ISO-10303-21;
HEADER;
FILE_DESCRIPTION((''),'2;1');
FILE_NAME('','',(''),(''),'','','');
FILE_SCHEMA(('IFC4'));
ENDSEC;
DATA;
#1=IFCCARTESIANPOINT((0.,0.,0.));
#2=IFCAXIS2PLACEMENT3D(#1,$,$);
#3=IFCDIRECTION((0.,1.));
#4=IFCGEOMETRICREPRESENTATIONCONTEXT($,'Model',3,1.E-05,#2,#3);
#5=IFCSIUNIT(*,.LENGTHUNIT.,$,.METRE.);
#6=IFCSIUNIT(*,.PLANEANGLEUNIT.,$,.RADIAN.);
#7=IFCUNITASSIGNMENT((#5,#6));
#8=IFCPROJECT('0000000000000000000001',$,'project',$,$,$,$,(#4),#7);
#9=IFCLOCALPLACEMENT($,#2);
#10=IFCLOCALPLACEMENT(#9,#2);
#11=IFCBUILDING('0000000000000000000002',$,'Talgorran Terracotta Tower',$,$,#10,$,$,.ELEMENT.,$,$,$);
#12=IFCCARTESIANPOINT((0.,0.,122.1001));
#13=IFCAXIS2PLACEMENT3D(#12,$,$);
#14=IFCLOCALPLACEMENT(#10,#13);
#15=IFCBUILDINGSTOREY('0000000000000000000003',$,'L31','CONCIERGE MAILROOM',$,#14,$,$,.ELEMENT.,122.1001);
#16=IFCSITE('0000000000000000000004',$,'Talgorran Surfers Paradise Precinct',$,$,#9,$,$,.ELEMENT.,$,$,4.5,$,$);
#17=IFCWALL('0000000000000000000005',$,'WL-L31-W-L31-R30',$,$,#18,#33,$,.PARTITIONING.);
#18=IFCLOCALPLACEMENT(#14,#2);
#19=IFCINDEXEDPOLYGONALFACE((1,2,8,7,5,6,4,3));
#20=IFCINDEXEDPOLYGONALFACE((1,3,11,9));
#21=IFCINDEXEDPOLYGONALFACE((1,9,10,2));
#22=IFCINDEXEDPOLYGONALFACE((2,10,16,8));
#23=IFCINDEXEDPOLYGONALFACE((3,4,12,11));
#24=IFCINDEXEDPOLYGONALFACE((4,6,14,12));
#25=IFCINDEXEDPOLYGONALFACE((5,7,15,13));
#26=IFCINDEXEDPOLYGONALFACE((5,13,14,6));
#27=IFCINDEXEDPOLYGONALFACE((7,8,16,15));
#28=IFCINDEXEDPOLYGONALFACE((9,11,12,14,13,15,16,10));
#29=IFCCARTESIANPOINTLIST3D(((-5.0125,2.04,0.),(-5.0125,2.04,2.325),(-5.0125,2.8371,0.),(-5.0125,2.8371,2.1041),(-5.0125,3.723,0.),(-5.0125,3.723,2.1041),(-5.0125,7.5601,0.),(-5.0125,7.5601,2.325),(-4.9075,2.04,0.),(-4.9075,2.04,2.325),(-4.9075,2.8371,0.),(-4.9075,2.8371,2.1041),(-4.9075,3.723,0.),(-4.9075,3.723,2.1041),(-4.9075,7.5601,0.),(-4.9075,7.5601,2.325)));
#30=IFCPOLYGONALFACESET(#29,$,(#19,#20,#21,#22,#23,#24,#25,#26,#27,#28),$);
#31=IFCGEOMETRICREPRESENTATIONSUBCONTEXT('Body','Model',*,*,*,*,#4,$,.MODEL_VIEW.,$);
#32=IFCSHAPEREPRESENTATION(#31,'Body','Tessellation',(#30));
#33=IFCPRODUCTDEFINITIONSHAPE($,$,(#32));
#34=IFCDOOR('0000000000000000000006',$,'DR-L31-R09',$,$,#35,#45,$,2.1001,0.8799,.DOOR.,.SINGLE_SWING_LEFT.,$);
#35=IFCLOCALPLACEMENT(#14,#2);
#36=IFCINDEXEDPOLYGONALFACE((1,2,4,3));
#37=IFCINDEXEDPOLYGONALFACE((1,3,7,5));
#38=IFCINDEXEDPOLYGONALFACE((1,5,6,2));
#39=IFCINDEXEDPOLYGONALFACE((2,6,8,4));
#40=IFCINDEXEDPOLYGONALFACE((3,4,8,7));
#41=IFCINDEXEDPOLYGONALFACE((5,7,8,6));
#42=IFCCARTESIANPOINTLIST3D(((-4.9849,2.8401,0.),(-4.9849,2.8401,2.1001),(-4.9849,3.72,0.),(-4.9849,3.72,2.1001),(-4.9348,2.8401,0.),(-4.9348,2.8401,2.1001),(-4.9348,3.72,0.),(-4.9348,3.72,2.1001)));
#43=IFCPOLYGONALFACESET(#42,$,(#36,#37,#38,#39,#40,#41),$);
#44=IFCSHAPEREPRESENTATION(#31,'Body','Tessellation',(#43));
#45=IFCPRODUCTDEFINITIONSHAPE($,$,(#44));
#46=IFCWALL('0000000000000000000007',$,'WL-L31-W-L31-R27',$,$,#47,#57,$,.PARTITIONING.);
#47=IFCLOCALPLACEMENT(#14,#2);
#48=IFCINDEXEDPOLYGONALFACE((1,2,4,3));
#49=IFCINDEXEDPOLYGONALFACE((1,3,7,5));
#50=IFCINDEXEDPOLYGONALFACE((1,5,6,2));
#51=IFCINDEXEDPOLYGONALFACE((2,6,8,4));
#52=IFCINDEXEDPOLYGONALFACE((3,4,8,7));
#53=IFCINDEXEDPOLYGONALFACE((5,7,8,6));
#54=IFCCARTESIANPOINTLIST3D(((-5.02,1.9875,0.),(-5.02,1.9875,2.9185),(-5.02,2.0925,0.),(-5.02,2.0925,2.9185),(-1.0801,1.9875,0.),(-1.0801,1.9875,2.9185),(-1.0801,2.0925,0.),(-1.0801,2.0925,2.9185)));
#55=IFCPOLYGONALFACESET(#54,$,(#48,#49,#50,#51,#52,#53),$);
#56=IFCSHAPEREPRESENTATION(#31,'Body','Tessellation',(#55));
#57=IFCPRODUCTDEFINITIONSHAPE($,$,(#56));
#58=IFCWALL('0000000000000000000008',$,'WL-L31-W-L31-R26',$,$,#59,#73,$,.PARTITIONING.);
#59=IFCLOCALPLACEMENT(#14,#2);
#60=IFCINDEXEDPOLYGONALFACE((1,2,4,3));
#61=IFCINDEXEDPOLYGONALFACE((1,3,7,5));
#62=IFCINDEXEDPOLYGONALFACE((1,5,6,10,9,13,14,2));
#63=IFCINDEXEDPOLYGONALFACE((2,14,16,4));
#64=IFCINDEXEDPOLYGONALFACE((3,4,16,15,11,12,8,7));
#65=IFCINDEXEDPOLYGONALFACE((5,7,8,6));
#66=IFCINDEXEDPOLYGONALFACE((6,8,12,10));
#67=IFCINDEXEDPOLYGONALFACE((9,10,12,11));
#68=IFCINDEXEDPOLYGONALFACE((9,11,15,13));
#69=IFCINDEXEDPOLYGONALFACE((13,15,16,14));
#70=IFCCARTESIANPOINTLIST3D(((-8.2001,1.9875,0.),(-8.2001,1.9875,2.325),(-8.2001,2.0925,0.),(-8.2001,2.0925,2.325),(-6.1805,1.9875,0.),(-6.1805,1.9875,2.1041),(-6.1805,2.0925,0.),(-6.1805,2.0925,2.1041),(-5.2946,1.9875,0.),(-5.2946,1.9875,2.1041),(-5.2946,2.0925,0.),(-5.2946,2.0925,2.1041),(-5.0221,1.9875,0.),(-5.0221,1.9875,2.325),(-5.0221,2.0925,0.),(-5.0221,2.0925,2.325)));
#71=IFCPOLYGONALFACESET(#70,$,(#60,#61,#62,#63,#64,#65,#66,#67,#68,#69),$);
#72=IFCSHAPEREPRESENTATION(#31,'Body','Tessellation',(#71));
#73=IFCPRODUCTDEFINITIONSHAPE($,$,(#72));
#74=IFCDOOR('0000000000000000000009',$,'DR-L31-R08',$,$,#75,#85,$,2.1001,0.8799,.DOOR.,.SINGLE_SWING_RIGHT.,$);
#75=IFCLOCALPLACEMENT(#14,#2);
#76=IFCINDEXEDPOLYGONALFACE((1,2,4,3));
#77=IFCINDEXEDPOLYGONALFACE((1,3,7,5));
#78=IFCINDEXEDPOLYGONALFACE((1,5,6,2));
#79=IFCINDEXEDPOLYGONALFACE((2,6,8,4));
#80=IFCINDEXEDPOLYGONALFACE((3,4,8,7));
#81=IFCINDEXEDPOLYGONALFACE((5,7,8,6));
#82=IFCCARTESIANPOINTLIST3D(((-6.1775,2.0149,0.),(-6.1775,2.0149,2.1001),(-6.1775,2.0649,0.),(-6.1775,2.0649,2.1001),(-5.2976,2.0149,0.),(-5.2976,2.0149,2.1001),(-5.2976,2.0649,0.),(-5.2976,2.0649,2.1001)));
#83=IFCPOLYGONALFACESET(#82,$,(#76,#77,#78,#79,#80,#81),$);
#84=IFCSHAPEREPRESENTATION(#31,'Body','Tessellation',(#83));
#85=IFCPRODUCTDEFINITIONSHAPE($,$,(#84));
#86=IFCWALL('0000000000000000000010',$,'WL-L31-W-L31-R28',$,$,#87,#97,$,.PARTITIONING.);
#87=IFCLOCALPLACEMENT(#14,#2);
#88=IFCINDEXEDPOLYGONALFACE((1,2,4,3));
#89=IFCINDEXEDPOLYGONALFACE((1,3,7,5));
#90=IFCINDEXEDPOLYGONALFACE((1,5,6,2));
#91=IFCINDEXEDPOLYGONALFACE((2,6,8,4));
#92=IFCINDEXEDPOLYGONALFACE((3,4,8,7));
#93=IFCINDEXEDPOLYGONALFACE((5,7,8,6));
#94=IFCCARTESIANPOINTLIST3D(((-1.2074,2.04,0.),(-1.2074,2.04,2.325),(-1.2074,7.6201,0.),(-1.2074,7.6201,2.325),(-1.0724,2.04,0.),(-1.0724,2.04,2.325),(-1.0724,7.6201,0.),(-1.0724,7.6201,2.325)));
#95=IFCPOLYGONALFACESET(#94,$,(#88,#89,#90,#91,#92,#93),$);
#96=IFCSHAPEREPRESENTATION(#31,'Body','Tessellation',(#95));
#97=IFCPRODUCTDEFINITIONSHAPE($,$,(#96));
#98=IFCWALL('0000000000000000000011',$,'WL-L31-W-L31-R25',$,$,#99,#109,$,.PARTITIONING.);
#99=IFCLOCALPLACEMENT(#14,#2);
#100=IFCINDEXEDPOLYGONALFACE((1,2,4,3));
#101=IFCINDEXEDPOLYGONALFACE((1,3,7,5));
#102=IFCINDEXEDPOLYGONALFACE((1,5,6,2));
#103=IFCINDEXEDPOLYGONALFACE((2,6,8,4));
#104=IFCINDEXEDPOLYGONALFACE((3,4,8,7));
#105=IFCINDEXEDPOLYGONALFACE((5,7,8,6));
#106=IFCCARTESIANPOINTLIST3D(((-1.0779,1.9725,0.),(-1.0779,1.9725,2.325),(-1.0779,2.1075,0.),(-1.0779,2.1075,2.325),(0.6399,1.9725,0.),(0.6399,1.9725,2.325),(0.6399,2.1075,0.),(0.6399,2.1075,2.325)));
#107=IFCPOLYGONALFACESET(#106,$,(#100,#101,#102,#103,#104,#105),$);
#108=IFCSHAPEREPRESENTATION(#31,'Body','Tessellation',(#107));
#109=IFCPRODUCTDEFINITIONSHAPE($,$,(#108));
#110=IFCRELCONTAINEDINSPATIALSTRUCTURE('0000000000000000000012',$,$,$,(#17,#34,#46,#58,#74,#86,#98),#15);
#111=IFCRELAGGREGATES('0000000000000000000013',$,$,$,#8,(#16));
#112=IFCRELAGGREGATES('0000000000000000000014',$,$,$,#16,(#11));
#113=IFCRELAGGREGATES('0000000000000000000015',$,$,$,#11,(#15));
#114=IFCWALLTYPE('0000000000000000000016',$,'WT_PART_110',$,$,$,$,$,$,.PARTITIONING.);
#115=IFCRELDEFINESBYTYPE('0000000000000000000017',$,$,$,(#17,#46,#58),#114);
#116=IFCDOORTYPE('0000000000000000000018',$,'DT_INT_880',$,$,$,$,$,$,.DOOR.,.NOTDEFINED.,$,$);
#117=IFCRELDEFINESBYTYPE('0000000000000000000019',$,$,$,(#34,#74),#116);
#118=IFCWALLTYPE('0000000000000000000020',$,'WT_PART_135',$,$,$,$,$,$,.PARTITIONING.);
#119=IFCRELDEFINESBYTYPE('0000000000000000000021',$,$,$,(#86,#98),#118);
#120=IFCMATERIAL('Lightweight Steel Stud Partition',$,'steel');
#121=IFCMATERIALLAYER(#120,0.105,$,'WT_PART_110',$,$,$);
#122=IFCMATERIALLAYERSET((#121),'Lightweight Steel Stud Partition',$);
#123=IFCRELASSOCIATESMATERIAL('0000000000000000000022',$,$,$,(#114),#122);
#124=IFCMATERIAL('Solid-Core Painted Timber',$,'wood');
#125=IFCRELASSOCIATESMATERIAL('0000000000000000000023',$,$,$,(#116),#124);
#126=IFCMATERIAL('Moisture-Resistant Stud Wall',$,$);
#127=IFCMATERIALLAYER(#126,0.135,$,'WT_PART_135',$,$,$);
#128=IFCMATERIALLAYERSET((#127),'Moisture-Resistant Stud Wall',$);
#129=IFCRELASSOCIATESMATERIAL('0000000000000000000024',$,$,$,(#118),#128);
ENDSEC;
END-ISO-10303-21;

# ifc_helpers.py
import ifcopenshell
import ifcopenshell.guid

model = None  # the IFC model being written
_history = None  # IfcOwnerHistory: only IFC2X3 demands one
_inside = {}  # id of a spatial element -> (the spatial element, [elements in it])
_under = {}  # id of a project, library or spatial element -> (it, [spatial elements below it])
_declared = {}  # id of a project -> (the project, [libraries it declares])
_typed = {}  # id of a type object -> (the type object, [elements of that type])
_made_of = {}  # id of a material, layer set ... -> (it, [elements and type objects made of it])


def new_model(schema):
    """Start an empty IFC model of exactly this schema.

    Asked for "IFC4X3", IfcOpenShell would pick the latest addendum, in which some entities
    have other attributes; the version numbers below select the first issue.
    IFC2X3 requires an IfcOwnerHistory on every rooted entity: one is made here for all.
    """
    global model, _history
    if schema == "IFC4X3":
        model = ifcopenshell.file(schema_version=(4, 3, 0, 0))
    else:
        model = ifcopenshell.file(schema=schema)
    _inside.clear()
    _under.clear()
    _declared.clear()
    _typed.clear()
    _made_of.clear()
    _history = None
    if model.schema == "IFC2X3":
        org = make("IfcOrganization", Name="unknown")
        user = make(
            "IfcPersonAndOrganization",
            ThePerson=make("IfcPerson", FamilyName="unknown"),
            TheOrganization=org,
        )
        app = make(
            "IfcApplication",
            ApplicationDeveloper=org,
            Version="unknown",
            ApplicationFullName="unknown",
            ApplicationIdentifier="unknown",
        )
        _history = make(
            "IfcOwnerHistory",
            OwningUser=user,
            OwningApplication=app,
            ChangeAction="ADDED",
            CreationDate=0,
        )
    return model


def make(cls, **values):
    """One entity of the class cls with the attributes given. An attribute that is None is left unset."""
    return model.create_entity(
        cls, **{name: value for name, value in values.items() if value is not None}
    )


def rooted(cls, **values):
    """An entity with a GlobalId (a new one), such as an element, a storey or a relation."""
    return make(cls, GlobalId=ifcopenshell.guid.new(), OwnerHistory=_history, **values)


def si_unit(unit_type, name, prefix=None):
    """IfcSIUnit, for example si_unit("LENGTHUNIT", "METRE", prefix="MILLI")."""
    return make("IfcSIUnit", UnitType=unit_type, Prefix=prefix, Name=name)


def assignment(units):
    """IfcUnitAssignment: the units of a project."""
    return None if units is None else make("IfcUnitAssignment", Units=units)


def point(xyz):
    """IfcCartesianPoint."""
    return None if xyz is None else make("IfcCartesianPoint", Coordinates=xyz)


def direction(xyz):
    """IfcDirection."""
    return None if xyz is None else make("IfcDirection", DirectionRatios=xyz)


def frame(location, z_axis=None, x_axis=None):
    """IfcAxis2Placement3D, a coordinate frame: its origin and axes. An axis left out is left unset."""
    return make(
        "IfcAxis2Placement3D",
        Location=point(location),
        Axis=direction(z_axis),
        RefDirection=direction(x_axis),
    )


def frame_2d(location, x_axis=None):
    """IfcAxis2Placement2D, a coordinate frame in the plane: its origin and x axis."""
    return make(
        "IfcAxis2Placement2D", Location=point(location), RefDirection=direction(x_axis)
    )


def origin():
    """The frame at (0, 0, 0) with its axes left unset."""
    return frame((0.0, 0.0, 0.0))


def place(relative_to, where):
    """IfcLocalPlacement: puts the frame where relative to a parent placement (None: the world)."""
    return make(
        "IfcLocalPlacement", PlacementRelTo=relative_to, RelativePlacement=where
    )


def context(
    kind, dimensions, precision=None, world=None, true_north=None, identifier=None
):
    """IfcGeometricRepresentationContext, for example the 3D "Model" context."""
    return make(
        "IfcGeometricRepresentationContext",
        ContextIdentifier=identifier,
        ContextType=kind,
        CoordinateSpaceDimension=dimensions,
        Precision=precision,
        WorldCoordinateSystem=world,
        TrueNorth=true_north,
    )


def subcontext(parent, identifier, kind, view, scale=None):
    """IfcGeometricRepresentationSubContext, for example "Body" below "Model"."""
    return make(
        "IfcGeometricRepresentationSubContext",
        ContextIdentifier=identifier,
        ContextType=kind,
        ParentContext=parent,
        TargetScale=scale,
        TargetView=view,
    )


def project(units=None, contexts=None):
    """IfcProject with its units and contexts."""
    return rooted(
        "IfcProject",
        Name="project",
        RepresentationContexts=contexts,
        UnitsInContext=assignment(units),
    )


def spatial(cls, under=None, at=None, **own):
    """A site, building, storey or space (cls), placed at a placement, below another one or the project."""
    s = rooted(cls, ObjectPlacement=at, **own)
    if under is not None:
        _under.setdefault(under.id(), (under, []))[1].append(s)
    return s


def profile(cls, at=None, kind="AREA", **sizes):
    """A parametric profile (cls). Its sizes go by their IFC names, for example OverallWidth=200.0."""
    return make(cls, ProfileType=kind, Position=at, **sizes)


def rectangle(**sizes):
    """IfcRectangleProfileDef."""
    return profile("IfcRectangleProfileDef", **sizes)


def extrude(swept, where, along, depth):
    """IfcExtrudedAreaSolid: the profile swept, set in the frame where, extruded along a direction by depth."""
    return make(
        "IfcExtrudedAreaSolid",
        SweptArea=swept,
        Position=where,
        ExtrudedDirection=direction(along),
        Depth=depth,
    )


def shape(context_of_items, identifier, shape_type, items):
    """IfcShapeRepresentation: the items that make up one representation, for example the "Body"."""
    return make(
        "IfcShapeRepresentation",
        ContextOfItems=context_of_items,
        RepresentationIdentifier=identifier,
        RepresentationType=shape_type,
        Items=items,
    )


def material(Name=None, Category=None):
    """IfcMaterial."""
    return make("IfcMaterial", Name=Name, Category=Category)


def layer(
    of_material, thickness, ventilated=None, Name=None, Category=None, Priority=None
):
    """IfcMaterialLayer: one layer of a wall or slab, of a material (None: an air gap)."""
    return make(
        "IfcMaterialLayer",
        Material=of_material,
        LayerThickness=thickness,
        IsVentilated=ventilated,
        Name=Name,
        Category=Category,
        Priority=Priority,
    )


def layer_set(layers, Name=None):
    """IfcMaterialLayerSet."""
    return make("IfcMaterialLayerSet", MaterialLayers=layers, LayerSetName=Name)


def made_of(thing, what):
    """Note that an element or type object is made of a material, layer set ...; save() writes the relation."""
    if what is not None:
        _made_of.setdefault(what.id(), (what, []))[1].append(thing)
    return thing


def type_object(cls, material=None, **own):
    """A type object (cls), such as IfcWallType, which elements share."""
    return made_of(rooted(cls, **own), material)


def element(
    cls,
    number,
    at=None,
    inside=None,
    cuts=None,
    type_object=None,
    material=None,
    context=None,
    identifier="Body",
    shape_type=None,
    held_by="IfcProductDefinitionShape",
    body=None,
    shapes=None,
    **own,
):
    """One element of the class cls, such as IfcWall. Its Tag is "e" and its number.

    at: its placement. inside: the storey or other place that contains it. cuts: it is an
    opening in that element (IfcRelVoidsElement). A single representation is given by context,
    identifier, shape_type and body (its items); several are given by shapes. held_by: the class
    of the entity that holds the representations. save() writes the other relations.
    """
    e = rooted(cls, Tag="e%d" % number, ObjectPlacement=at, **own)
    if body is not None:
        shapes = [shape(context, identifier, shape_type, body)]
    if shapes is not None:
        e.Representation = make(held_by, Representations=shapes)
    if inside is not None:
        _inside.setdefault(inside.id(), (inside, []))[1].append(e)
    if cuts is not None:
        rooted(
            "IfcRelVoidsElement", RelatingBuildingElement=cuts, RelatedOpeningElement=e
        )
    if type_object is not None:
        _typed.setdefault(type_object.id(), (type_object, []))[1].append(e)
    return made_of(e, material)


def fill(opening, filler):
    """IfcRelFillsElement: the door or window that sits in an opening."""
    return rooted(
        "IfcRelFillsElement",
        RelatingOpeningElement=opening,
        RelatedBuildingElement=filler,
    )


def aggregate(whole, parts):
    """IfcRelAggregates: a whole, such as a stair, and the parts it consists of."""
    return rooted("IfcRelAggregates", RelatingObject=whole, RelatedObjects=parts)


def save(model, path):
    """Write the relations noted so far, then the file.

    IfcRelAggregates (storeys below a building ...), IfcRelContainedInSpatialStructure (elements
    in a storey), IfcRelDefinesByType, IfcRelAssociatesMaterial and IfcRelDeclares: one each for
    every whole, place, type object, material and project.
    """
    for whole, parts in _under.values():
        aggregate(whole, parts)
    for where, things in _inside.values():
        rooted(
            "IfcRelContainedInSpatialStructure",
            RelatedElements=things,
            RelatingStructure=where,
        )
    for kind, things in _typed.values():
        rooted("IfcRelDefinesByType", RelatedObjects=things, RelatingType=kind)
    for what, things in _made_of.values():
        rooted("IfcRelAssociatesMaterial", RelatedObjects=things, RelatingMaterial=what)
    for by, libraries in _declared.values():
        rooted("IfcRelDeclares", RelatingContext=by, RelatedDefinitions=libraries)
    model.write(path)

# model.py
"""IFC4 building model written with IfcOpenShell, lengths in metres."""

from ifc_helpers import new_model, si_unit, direction, frame, frame_2d, origin, place, context, subcontext, project, spatial, rectangle, extrude, material, layer, layer_set, type_object, element, fill, save


model = new_model("IFC4")

# Units and contexts
model_context = context("Model", 3, precision=1e-05, world=origin(), true_north=direction((0.0, 1.0)))
body_context = subcontext(model_context, "Body", "Model", "MODEL_VIEW")
ifc_project = project(units=[si_unit("LENGTHUNIT", "METRE"), si_unit("PLANEANGLEUNIT", "RADIAN")], contexts=[model_context])

# Site, building, storey
site_placement = place(None, origin())
site = spatial("IfcSite", under=ifc_project, at=site_placement, Name="Talgorran Surfers Paradise Precinct", CompositionType="ELEMENT", RefElevation=4.5)
building_placement = place(site_placement, origin())
building = spatial("IfcBuilding", under=site, at=building_placement, Name="Talgorran Terracotta Tower", CompositionType="ELEMENT")
storey_placement = place(building_placement, frame((0.0, 0.0, 122.1001)))
storey = spatial("IfcBuildingStorey", under=building, at=storey_placement, Name="L31", Description="CONCIERGE MAILROOM", CompositionType="ELEMENT", Elevation=122.1001)

# Wall, opening, door
ifc_material_1 = material(Name="Lightweight Steel Stud Partition", Category="steel")
ifc_layer_1 = layer(ifc_material_1, 0.105, Name="WT_PART_110")
ifc_layer_set_1 = layer_set([ifc_layer_1], Name="Lightweight Steel Stud Partition")
wall_type_1 = type_object("IfcWallType", Name="WT_PART_110", PredefinedType="PARTITIONING", material=ifc_layer_set_1)
wall_1_placement = place(storey_placement, frame((-4.96, 2.04, 0.0), z_axis=(0.0, 0.0, 1.0), x_axis=(0.0, 1.0, 0.0)))
wall_1 = element("IfcWall", 1, at=wall_1_placement, inside=storey, type_object=wall_type_1, Name="WL-L31-W-L31-R30", PredefinedType="PARTITIONING", context=body_context, shape_type="SweptSolid", body=[
    extrude(rectangle(XDim=5.52, YDim=0.105, at=frame_2d((2.76, 0.0))), origin(), (0.0, 0.0, 1.0), 2.325),
])
opening_1_placement = place(wall_1_placement, frame((0.8, 0.0, 0.0)))
opening_1 = element("IfcOpeningElement", 2, at=opening_1_placement, cuts=wall_1, PredefinedType="OPENING", context=body_context, shape_type="SweptSolid", body=[
    extrude(rectangle(XDim=0.8859, YDim=2.1041, at=frame_2d((0.4399, 1.052))), frame((0.0, 0.0625, 0.0), z_axis=(0.0, -1.0, 0.0), x_axis=(1.0, 0.0, 0.0)), (0.0, 0.0, 1.0), 0.125),
])
ifc_material_2 = material(Name="Solid-Core Painted Timber", Category="wood")
door_type = type_object("IfcDoorType", Name="DT_INT_880", OperationType="NOTDEFINED", PredefinedType="DOOR", material=ifc_material_2)
door_1_placement = place(opening_1_placement, origin())
door_1 = element("IfcDoor", 3, at=door_1_placement, inside=storey, type_object=door_type, Name="DR-L31-R09", OperationType="SINGLE_SWING_LEFT", OverallHeight=2.1001, OverallWidth=0.8799, PredefinedType="DOOR", context=body_context, shape_type="SweptSolid", body=[
    extrude(rectangle(XDim=0.8799, YDim=2.1001, at=frame_2d((0.4399, 1.05))), frame((0.0, 0.0249, 0.0), z_axis=(0.0, -1.0, 0.0), x_axis=(1.0, 0.0, 0.0)), (0.0, 0.0, 1.0), 0.05),
])
fill(opening_1, door_1)

# Wall
wall_2_placement = place(storey_placement, frame((-5.02, 2.04, 0.0), z_axis=(0.0, 0.0, 1.0), x_axis=(1.0, 0.0, 0.0)))
element("IfcWall", 4, at=wall_2_placement, inside=storey, type_object=wall_type_1, Name="WL-L31-W-L31-R27", PredefinedType="PARTITIONING", context=body_context, shape_type="SweptSolid", body=[
    extrude(rectangle(XDim=3.9399, YDim=0.105, at=frame_2d((1.97, 0.0))), origin(), (0.0, 0.0, 1.0), 2.9185),
])

# Wall, opening, door
wall_3_placement = place(storey_placement, frame((-8.2, 2.04, 0.0), z_axis=(0.0, 0.0, 1.0), x_axis=(1.0, 0.0, 0.0)))
wall_3 = element("IfcWall", 5, at=wall_3_placement, inside=storey, type_object=wall_type_1, Name="WL-L31-W-L31-R26", PredefinedType="PARTITIONING", context=body_context, shape_type="SweptSolid", body=[
    extrude(rectangle(XDim=3.178, YDim=0.105, at=frame_2d((1.5889, 0.0))), origin(), (0.0, 0.0, 1.0), 2.325),
])
opening_2_placement = place(wall_3_placement, frame((2.0225, 0.0, 0.0)))
opening_2 = element("IfcOpeningElement", 6, at=opening_2_placement, cuts=wall_3, PredefinedType="OPENING", context=body_context, shape_type="SweptSolid", body=[
    extrude(rectangle(XDim=0.8859, YDim=2.1041, at=frame_2d((0.4399, 1.052))), frame((0.0, 0.0625, 0.0), z_axis=(0.0, -1.0, 0.0), x_axis=(1.0, 0.0, 0.0)), (0.0, 0.0, 1.0), 0.125),
])
door_2_placement = place(opening_2_placement, origin())
door_2 = element("IfcDoor", 7, at=door_2_placement, inside=storey, type_object=door_type, Name="DR-L31-R08", OperationType="SINGLE_SWING_RIGHT", OverallHeight=2.1001, OverallWidth=0.8799, PredefinedType="DOOR", context=body_context, shape_type="SweptSolid", body=[
    extrude(rectangle(XDim=0.8799, YDim=2.1001, at=frame_2d((0.4399, 1.05))), frame((0.0, 0.0249, 0.0), z_axis=(0.0, -1.0, 0.0), x_axis=(1.0, 0.0, 0.0)), (0.0, 0.0, 1.0), 0.05),
])
fill(opening_2, door_2)

# Walls
ifc_material_3 = material(Name="Moisture-Resistant Stud Wall")
ifc_layer_2 = layer(ifc_material_3, 0.135, Name="WT_PART_135")
ifc_layer_set_2 = layer_set([ifc_layer_2], Name="Moisture-Resistant Stud Wall")
wall_type_2 = type_object("IfcWallType", Name="WT_PART_135", PredefinedType="PARTITIONING", material=ifc_layer_set_2)
wall_4_placement = place(storey_placement, frame((-1.1399, 2.04, 0.0), z_axis=(0.0, 0.0, 1.0), x_axis=(0.0, 1.0, 0.0)))
element("IfcWall", 8, at=wall_4_placement, inside=storey, type_object=wall_type_2, Name="WL-L31-W-L31-R28", PredefinedType="PARTITIONING", context=body_context, shape_type="SweptSolid", body=[
    extrude(rectangle(XDim=5.5801, YDim=0.135, at=frame_2d((2.79, 0.0))), origin(), (0.0, 0.0, 1.0), 2.325),
])
wall_5_placement = place(storey_placement, frame((-1.0779, 2.04, 0.0), z_axis=(0.0, 0.0, 1.0), x_axis=(1.0, 0.0, 0.0)))
element("IfcWall", 9, at=wall_5_placement, inside=storey, type_object=wall_type_2, Name="WL-L31-W-L31-R25", PredefinedType="PARTITIONING", context=body_context, shape_type="SweptSolid", body=[
    extrude(rectangle(XDim=1.7178, YDim=0.135, at=frame_2d((0.8589, 0.0))), origin(), (0.0, 0.0, 1.0), 2.325),
])

save(model, "model.ifc")
